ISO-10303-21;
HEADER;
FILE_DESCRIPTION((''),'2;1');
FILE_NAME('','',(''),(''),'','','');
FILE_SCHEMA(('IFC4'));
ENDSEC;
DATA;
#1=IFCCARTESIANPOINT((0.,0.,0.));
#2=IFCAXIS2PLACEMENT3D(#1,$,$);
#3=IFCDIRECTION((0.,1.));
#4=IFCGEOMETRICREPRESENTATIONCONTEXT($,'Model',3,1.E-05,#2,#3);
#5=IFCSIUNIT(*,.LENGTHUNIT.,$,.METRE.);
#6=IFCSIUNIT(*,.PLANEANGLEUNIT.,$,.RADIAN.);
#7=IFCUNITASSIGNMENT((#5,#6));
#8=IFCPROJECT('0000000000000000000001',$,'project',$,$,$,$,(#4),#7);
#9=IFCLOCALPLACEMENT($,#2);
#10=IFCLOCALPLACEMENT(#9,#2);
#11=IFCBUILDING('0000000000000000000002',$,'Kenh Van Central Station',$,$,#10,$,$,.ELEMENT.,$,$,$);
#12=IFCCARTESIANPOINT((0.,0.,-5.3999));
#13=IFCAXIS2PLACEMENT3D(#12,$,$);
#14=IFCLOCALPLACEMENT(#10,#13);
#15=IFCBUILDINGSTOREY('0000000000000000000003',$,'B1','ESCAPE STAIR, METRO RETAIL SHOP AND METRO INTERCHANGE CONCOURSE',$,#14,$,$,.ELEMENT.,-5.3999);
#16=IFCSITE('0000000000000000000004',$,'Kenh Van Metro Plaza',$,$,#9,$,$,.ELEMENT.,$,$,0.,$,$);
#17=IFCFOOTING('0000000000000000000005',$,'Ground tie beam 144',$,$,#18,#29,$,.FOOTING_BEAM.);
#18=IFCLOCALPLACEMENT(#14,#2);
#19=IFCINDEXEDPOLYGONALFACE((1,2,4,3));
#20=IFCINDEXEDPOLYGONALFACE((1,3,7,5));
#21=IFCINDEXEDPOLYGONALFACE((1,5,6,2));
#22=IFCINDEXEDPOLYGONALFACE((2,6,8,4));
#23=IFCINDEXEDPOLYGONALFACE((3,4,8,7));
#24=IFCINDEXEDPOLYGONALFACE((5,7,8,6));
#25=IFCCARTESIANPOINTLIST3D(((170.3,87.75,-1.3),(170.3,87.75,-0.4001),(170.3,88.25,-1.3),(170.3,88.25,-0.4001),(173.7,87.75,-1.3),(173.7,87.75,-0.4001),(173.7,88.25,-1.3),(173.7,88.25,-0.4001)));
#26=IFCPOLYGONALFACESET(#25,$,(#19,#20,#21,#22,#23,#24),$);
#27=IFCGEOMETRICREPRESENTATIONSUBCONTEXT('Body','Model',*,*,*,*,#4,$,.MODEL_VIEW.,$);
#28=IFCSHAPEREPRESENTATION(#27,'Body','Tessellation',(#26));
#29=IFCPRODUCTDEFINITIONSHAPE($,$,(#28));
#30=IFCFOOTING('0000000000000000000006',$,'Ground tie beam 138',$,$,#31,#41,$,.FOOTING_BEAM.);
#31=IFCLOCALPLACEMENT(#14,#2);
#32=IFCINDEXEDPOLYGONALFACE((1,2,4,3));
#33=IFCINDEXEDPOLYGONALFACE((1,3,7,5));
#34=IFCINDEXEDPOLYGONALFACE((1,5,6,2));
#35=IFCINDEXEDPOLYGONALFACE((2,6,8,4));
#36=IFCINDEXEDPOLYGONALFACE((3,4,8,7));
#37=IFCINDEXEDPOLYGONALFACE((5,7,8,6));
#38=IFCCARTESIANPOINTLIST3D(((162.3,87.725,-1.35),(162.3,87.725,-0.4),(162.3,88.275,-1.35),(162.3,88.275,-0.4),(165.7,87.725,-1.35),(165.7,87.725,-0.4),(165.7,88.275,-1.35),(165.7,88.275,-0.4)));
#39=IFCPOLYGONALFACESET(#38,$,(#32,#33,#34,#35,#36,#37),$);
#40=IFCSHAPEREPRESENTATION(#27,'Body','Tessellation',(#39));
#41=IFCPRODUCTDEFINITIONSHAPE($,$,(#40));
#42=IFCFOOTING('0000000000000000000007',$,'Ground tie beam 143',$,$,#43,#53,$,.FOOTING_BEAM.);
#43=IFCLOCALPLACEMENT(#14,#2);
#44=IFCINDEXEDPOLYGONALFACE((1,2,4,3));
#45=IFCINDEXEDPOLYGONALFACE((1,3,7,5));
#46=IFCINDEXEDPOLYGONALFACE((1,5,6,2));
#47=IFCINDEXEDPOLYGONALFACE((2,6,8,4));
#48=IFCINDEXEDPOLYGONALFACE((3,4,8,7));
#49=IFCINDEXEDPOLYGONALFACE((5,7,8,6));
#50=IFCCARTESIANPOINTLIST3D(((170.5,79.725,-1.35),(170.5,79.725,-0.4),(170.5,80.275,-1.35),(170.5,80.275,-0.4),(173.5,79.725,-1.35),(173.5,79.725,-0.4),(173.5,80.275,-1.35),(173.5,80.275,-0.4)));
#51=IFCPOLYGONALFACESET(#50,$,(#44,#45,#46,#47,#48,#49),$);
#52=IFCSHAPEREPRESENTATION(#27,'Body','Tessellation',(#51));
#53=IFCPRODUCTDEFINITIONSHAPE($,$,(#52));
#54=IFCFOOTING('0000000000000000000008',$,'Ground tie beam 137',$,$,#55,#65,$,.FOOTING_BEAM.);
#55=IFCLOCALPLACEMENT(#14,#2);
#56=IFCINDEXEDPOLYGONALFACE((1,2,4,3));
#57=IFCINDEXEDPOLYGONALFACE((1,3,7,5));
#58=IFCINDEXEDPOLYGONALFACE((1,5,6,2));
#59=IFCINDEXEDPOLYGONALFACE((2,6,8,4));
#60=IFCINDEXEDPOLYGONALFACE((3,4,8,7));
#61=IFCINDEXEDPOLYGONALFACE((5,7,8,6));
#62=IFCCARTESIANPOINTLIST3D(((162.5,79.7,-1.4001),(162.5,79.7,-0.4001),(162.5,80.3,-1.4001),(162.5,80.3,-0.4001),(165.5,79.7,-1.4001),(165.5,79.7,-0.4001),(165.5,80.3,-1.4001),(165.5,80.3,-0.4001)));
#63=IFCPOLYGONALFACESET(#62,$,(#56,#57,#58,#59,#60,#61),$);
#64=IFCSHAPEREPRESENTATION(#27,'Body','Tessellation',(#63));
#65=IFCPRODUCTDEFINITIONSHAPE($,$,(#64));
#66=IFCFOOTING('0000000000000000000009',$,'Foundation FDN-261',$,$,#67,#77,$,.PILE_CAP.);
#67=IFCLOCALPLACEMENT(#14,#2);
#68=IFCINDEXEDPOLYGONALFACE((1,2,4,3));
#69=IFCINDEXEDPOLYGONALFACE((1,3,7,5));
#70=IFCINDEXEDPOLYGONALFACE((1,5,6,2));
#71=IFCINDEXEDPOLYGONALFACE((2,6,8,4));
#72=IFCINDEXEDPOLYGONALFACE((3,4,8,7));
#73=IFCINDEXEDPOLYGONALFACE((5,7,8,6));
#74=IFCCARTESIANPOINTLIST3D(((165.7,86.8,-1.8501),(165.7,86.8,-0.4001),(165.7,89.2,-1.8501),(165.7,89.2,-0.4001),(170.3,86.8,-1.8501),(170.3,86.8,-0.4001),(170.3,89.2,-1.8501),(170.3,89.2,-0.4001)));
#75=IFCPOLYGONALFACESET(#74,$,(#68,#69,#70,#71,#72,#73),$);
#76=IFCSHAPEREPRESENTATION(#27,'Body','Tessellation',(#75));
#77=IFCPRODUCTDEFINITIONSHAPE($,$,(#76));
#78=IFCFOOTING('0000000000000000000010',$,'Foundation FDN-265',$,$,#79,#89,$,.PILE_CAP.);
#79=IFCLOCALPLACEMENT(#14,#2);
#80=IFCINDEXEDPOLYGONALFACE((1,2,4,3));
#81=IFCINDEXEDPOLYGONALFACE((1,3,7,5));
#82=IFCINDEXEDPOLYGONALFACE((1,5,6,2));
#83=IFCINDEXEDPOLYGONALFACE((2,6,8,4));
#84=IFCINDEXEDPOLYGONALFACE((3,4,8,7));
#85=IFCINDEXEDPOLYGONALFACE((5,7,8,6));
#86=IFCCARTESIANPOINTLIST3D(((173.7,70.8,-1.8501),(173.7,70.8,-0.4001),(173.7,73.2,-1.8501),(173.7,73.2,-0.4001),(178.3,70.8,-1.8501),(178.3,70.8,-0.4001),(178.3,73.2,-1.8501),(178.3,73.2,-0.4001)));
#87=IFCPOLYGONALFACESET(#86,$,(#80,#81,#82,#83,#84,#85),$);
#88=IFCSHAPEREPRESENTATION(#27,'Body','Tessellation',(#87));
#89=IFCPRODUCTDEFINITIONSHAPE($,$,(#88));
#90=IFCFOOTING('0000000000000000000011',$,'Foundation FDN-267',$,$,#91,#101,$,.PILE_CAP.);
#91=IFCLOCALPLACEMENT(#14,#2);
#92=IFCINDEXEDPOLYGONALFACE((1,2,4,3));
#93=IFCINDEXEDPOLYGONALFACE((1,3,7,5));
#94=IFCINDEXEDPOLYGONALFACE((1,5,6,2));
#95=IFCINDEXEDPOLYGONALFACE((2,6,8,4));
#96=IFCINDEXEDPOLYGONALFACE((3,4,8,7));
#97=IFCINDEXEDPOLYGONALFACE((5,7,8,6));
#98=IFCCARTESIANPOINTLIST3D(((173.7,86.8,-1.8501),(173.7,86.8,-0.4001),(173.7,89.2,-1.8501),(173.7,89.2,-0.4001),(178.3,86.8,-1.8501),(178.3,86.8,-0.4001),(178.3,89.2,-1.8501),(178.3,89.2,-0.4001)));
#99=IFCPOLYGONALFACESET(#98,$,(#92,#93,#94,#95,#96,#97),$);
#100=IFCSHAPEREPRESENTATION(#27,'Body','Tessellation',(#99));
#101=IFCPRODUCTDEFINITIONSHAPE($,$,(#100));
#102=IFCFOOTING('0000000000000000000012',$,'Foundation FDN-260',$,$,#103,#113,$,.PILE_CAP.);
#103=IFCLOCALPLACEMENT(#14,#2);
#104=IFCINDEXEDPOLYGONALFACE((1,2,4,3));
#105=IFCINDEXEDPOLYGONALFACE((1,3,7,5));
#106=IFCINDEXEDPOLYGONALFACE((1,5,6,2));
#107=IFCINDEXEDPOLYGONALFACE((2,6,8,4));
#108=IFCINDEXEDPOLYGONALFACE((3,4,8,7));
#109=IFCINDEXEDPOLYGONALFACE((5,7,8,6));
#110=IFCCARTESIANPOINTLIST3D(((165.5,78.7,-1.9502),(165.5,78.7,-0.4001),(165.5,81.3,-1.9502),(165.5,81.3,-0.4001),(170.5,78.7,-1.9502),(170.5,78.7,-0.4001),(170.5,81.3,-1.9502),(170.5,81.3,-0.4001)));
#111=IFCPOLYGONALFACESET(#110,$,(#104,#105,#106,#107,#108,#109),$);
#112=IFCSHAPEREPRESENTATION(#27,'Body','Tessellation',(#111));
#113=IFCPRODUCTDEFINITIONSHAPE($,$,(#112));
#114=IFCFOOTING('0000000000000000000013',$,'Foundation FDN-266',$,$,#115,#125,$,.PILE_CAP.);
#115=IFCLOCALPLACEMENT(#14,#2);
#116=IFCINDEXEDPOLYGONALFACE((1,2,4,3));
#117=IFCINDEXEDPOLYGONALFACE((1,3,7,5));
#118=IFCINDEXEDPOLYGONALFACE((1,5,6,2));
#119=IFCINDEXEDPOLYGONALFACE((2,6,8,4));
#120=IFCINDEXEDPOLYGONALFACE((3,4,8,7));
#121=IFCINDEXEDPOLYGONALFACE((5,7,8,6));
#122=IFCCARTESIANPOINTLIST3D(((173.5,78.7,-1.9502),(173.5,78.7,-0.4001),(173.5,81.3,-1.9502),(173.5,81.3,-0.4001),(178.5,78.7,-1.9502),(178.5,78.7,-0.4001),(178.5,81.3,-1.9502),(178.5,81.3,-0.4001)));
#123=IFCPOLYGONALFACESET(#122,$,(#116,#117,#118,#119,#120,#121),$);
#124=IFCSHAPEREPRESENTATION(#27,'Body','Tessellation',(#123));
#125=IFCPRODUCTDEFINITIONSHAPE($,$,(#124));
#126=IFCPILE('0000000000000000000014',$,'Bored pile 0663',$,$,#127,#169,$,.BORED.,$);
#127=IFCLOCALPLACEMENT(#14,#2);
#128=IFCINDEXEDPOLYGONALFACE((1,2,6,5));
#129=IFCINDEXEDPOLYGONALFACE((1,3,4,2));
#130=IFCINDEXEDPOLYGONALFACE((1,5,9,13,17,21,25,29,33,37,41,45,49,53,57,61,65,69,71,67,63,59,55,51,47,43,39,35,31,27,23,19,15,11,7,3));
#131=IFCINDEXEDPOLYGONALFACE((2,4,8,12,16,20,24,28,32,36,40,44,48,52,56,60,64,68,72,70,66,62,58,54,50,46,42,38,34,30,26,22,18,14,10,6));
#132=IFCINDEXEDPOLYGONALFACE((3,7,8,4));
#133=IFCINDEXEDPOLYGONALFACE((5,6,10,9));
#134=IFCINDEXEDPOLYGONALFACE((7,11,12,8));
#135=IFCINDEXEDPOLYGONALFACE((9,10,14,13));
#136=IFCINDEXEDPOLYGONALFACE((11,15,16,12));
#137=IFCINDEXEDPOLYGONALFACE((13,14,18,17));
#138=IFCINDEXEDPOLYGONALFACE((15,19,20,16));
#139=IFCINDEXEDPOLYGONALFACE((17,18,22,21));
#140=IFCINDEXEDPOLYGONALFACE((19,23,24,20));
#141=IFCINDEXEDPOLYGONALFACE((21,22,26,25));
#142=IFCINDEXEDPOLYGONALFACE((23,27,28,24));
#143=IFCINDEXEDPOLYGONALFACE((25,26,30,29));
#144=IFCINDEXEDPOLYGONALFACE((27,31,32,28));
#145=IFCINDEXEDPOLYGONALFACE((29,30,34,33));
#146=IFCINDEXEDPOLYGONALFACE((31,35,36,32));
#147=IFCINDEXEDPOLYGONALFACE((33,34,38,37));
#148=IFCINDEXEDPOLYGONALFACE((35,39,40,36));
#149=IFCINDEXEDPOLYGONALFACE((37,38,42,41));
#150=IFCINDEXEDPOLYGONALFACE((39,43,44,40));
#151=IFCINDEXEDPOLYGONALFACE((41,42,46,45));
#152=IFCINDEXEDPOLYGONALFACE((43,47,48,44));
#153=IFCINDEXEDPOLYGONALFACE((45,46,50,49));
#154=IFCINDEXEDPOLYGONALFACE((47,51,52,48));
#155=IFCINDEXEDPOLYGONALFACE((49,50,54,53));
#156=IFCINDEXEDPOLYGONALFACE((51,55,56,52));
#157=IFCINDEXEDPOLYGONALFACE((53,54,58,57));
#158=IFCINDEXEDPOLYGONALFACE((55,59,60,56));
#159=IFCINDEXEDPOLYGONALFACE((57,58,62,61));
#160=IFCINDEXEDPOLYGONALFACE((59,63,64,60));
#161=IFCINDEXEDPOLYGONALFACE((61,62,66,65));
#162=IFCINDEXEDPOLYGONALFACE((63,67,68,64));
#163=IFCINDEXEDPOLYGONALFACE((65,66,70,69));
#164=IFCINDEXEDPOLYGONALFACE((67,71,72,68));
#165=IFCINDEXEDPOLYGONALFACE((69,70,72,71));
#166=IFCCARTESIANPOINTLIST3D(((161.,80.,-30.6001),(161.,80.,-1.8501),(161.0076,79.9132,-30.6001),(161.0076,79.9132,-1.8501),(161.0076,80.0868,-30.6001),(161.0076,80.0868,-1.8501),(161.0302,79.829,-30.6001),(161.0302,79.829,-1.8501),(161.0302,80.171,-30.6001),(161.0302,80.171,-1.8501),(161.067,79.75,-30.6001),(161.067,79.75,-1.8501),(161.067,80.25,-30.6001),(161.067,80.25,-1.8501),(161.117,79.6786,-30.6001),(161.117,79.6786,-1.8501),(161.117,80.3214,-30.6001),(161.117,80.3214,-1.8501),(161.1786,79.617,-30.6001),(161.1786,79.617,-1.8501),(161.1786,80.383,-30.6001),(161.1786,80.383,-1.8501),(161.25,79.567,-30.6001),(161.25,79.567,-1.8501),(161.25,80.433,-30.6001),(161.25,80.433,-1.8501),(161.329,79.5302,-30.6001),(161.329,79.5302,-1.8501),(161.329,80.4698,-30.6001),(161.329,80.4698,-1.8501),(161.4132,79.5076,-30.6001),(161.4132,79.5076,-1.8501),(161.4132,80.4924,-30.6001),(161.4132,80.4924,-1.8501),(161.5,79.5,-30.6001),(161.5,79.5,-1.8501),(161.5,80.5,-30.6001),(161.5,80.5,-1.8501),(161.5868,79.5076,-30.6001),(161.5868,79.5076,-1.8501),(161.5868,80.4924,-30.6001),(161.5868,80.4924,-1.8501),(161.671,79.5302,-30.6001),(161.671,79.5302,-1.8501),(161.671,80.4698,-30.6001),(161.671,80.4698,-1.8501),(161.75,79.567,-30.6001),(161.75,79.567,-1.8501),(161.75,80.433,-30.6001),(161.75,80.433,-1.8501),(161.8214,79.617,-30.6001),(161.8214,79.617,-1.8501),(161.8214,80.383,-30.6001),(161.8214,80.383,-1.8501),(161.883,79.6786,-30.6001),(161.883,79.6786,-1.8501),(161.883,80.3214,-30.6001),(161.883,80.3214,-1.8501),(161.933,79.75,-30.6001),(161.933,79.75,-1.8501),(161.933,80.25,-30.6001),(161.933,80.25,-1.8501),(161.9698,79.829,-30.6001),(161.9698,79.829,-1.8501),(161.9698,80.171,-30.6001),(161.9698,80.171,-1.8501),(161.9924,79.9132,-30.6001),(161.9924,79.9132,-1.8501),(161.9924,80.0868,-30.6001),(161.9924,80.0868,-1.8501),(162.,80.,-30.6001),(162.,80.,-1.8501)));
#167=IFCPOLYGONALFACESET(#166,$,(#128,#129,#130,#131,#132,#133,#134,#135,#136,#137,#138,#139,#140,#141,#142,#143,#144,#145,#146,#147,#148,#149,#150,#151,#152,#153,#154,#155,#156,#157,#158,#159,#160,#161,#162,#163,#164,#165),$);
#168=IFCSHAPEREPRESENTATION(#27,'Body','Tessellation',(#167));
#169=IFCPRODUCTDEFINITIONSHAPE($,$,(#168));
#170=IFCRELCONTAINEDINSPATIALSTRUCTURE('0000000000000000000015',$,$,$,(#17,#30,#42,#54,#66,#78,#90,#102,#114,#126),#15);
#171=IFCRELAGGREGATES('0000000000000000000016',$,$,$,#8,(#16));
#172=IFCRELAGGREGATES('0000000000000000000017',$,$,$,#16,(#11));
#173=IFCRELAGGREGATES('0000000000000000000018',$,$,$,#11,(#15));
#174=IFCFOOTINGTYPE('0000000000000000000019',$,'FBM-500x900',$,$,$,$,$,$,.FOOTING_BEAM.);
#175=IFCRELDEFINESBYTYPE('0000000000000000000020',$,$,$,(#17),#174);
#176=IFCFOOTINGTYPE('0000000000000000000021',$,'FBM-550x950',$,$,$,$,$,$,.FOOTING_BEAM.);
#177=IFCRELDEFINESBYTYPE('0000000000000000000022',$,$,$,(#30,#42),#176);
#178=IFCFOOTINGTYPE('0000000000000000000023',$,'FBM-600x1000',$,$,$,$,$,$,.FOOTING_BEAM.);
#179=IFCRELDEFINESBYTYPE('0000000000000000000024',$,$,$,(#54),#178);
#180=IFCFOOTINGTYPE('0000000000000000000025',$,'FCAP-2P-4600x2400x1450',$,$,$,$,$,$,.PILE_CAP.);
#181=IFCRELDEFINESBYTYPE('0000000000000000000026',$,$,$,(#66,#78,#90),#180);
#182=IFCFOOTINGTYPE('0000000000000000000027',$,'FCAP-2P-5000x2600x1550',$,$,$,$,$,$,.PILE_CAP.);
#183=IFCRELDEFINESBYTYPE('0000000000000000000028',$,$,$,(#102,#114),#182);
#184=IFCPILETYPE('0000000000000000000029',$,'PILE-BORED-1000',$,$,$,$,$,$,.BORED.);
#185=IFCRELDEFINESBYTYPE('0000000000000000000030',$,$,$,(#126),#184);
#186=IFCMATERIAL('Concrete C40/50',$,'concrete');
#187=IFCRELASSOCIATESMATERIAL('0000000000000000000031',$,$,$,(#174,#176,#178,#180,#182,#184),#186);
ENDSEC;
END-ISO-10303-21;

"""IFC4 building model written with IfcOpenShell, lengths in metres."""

from ifc_helpers import new_model, si_unit, direction, frame, origin, origin_2d, place, context, subcontext, project, spatial, rectangle, circle, extrude, material, material_profile, profile_set, type_object, element, save


model = new_model("IFC4")

# Units and contexts
model_context = context("Model", 3, precision=1e-05, world=origin(), true_north=direction((0.0, 1.0)))
body_context = subcontext(model_context, "Body", "Model", "MODEL_VIEW")
ifc_project = project(units=[si_unit("LENGTHUNIT", "METRE"), si_unit("PLANEANGLEUNIT", "RADIAN")], contexts=[model_context])

# Site, building, storey
site_placement = place(None, origin())
site = spatial("IfcSite", under=ifc_project, at=site_placement, Name="Kenh Van Metro Plaza", CompositionType="ELEMENT", RefElevation=0.0)
building_placement = place(site_placement, origin())
building = spatial("IfcBuilding", under=site, at=building_placement, Name="Kenh Van Central Station", CompositionType="ELEMENT")
storey_placement = place(building_placement, frame((0.0, 0.0, -5.3999)))
storey = spatial("IfcBuildingStorey", under=building, at=storey_placement, Name="B1", Description="ESCAPE STAIR, METRO RETAIL SHOP AND METRO INTERCHANGE CONCOURSE", CompositionType="ELEMENT", Elevation=-5.3999)

# Footings
ifc_material_1 = material(Name="Concrete C40/50", Category="concrete")
ifc_material_profile_1 = material_profile(ifc_material_1, rectangle(XDim=0.5, YDim=0.8999, at=origin_2d()), Name="RC 500x900")
ifc_profile_set_1 = profile_set([ifc_material_profile_1], Name="Concrete C40/50")
footing_type_1 = type_object("IfcFootingType", Name="FBM-500x900", PredefinedType="FOOTING_BEAM", material=ifc_profile_set_1)
footing_1_placement = place(storey_placement, frame((170.3, 88.0, -0.8501), z_axis=(1.0, 0.0, 0.0), x_axis=(0.0, 1.0, 0.0)))
element("IfcFooting", 1, at=footing_1_placement, inside=storey, type_object=footing_type_1, Name="Ground tie beam 144", PredefinedType="FOOTING_BEAM", context=body_context, shape_type="SweptSolid", body=[
    extrude(rectangle(XDim=0.5, YDim=0.8999, at=origin_2d()), origin(), (0.0, 0.0, 1.0), 3.3999),
])
ifc_material_profile_2 = material_profile(ifc_material_1, rectangle(XDim=0.55, YDim=0.95, at=origin_2d()), Name="RC 550x950")
ifc_profile_set_2 = profile_set([ifc_material_profile_2], Name="Concrete C40/50")
footing_type_2 = type_object("IfcFootingType", Name="FBM-550x950", PredefinedType="FOOTING_BEAM", material=ifc_profile_set_2)
footing_2_placement = place(storey_placement, frame((162.3, 88.0, -0.875), z_axis=(1.0, 0.0, 0.0), x_axis=(0.0, 1.0, 0.0)))
element("IfcFooting", 2, at=footing_2_placement, inside=storey, type_object=footing_type_2, Name="Ground tie beam 138", PredefinedType="FOOTING_BEAM", context=body_context, shape_type="SweptSolid", body=[
    extrude(rectangle(XDim=0.55, YDim=0.95, at=origin_2d()), origin(), (0.0, 0.0, 1.0), 3.3999),
])
footing_3_placement = place(storey_placement, frame((170.5, 80.0, -0.875), z_axis=(1.0, 0.0, 0.0), x_axis=(0.0, 1.0, 0.0)))
element("IfcFooting", 3, at=footing_3_placement, inside=storey, type_object=footing_type_2, Name="Ground tie beam 143", PredefinedType="FOOTING_BEAM", context=body_context, shape_type="SweptSolid", body=[
    extrude(rectangle(XDim=0.55, YDim=0.95, at=origin_2d()), origin(), (0.0, 0.0, 1.0), 3.0),
])
ifc_material_profile_3 = material_profile(ifc_material_1, rectangle(XDim=0.6001, YDim=1.0, at=origin_2d()), Name="RC 600x1000")
ifc_profile_set_3 = profile_set([ifc_material_profile_3], Name="Concrete C40/50")
footing_type_3 = type_object("IfcFootingType", Name="FBM-600x1000", PredefinedType="FOOTING_BEAM", material=ifc_profile_set_3)
footing_4_placement = place(storey_placement, frame((162.5, 80.0, -0.9001), z_axis=(1.0, 0.0, 0.0), x_axis=(0.0, 1.0, 0.0)))
element("IfcFooting", 4, at=footing_4_placement, inside=storey, type_object=footing_type_3, Name="Ground tie beam 137", PredefinedType="FOOTING_BEAM", context=body_context, shape_type="SweptSolid", body=[
    extrude(rectangle(XDim=0.6001, YDim=1.0, at=origin_2d()), origin(), (0.0, 0.0, 1.0), 3.0),
])
footing_type_4 = type_object("IfcFootingType", Name="FCAP-2P-4600x2400x1450", PredefinedType="PILE_CAP", material=ifc_material_1)
for number, where, z_axis, x_axis, name in (
    (5, (168.0, 88.0, -1.8501), (0.0, 0.0, 1.0), (1.0, 0.0, 0.0), "Foundation FDN-261"),
    (6, (176.0, 72.0, -1.8501), (0.0, 0.0, 1.0), (1.0, 0.0, 0.0), "Foundation FDN-265"),
    (7, (176.0, 88.0, -1.8501), (0.0, 0.0, 1.0), (1.0, 0.0, 0.0), "Foundation FDN-267"),
):
    element("IfcFooting", number, at=place(storey_placement, frame(where, z_axis=z_axis, x_axis=x_axis)), inside=storey, type_object=footing_type_4, Name=name, PredefinedType="PILE_CAP", context=body_context, shape_type="SweptSolid", body=[
        extrude(rectangle(XDim=4.6001, YDim=2.3999, at=origin_2d()), origin(), (0.0, 0.0, 1.0), 1.45),
    ])
footing_type_5 = type_object("IfcFootingType", Name="FCAP-2P-5000x2600x1550", PredefinedType="PILE_CAP", material=ifc_material_1)
for number, where, z_axis, x_axis, name in (
    (8, (168.0, 80.0, -1.9502), (0.0, 0.0, 1.0), (1.0, 0.0, 0.0), "Foundation FDN-260"),
    (9, (176.0, 80.0, -1.9502), (0.0, 0.0, 1.0), (1.0, 0.0, 0.0), "Foundation FDN-266"),
):
    element("IfcFooting", number, at=place(storey_placement, frame(where, z_axis=z_axis, x_axis=x_axis)), inside=storey, type_object=footing_type_5, Name=name, PredefinedType="PILE_CAP", context=body_context, shape_type="SweptSolid", body=[
        extrude(rectangle(XDim=5.0, YDim=2.6001, at=origin_2d()), origin(), (0.0, 0.0, 1.0), 1.55),
    ])

# Pile
ifc_material_profile_4 = material_profile(ifc_material_1, circle(Radius=0.5, at=origin_2d()), Name="PILE D1000")
ifc_profile_set_4 = profile_set([ifc_material_profile_4], Name="Concrete C40/50")
pile_type = type_object("IfcPileType", Name="PILE-BORED-1000", PredefinedType="BORED", material=ifc_profile_set_4)
pile_1_placement = place(storey_placement, frame((161.5, 80.0, -1.8501), z_axis=(0.0, 0.0, -1.0), x_axis=(1.0, 0.0, 0.0)))
element("IfcPile", 10, at=pile_1_placement, inside=storey, type_object=pile_type, Name="Bored pile 0663", PredefinedType="BORED", context=body_context, shape_type="SweptSolid", body=[
    extrude(circle(Radius=0.5, at=origin_2d()), origin(), (0.0, 0.0, 1.0), 28.75),
])

save(model, "model.ifc")
